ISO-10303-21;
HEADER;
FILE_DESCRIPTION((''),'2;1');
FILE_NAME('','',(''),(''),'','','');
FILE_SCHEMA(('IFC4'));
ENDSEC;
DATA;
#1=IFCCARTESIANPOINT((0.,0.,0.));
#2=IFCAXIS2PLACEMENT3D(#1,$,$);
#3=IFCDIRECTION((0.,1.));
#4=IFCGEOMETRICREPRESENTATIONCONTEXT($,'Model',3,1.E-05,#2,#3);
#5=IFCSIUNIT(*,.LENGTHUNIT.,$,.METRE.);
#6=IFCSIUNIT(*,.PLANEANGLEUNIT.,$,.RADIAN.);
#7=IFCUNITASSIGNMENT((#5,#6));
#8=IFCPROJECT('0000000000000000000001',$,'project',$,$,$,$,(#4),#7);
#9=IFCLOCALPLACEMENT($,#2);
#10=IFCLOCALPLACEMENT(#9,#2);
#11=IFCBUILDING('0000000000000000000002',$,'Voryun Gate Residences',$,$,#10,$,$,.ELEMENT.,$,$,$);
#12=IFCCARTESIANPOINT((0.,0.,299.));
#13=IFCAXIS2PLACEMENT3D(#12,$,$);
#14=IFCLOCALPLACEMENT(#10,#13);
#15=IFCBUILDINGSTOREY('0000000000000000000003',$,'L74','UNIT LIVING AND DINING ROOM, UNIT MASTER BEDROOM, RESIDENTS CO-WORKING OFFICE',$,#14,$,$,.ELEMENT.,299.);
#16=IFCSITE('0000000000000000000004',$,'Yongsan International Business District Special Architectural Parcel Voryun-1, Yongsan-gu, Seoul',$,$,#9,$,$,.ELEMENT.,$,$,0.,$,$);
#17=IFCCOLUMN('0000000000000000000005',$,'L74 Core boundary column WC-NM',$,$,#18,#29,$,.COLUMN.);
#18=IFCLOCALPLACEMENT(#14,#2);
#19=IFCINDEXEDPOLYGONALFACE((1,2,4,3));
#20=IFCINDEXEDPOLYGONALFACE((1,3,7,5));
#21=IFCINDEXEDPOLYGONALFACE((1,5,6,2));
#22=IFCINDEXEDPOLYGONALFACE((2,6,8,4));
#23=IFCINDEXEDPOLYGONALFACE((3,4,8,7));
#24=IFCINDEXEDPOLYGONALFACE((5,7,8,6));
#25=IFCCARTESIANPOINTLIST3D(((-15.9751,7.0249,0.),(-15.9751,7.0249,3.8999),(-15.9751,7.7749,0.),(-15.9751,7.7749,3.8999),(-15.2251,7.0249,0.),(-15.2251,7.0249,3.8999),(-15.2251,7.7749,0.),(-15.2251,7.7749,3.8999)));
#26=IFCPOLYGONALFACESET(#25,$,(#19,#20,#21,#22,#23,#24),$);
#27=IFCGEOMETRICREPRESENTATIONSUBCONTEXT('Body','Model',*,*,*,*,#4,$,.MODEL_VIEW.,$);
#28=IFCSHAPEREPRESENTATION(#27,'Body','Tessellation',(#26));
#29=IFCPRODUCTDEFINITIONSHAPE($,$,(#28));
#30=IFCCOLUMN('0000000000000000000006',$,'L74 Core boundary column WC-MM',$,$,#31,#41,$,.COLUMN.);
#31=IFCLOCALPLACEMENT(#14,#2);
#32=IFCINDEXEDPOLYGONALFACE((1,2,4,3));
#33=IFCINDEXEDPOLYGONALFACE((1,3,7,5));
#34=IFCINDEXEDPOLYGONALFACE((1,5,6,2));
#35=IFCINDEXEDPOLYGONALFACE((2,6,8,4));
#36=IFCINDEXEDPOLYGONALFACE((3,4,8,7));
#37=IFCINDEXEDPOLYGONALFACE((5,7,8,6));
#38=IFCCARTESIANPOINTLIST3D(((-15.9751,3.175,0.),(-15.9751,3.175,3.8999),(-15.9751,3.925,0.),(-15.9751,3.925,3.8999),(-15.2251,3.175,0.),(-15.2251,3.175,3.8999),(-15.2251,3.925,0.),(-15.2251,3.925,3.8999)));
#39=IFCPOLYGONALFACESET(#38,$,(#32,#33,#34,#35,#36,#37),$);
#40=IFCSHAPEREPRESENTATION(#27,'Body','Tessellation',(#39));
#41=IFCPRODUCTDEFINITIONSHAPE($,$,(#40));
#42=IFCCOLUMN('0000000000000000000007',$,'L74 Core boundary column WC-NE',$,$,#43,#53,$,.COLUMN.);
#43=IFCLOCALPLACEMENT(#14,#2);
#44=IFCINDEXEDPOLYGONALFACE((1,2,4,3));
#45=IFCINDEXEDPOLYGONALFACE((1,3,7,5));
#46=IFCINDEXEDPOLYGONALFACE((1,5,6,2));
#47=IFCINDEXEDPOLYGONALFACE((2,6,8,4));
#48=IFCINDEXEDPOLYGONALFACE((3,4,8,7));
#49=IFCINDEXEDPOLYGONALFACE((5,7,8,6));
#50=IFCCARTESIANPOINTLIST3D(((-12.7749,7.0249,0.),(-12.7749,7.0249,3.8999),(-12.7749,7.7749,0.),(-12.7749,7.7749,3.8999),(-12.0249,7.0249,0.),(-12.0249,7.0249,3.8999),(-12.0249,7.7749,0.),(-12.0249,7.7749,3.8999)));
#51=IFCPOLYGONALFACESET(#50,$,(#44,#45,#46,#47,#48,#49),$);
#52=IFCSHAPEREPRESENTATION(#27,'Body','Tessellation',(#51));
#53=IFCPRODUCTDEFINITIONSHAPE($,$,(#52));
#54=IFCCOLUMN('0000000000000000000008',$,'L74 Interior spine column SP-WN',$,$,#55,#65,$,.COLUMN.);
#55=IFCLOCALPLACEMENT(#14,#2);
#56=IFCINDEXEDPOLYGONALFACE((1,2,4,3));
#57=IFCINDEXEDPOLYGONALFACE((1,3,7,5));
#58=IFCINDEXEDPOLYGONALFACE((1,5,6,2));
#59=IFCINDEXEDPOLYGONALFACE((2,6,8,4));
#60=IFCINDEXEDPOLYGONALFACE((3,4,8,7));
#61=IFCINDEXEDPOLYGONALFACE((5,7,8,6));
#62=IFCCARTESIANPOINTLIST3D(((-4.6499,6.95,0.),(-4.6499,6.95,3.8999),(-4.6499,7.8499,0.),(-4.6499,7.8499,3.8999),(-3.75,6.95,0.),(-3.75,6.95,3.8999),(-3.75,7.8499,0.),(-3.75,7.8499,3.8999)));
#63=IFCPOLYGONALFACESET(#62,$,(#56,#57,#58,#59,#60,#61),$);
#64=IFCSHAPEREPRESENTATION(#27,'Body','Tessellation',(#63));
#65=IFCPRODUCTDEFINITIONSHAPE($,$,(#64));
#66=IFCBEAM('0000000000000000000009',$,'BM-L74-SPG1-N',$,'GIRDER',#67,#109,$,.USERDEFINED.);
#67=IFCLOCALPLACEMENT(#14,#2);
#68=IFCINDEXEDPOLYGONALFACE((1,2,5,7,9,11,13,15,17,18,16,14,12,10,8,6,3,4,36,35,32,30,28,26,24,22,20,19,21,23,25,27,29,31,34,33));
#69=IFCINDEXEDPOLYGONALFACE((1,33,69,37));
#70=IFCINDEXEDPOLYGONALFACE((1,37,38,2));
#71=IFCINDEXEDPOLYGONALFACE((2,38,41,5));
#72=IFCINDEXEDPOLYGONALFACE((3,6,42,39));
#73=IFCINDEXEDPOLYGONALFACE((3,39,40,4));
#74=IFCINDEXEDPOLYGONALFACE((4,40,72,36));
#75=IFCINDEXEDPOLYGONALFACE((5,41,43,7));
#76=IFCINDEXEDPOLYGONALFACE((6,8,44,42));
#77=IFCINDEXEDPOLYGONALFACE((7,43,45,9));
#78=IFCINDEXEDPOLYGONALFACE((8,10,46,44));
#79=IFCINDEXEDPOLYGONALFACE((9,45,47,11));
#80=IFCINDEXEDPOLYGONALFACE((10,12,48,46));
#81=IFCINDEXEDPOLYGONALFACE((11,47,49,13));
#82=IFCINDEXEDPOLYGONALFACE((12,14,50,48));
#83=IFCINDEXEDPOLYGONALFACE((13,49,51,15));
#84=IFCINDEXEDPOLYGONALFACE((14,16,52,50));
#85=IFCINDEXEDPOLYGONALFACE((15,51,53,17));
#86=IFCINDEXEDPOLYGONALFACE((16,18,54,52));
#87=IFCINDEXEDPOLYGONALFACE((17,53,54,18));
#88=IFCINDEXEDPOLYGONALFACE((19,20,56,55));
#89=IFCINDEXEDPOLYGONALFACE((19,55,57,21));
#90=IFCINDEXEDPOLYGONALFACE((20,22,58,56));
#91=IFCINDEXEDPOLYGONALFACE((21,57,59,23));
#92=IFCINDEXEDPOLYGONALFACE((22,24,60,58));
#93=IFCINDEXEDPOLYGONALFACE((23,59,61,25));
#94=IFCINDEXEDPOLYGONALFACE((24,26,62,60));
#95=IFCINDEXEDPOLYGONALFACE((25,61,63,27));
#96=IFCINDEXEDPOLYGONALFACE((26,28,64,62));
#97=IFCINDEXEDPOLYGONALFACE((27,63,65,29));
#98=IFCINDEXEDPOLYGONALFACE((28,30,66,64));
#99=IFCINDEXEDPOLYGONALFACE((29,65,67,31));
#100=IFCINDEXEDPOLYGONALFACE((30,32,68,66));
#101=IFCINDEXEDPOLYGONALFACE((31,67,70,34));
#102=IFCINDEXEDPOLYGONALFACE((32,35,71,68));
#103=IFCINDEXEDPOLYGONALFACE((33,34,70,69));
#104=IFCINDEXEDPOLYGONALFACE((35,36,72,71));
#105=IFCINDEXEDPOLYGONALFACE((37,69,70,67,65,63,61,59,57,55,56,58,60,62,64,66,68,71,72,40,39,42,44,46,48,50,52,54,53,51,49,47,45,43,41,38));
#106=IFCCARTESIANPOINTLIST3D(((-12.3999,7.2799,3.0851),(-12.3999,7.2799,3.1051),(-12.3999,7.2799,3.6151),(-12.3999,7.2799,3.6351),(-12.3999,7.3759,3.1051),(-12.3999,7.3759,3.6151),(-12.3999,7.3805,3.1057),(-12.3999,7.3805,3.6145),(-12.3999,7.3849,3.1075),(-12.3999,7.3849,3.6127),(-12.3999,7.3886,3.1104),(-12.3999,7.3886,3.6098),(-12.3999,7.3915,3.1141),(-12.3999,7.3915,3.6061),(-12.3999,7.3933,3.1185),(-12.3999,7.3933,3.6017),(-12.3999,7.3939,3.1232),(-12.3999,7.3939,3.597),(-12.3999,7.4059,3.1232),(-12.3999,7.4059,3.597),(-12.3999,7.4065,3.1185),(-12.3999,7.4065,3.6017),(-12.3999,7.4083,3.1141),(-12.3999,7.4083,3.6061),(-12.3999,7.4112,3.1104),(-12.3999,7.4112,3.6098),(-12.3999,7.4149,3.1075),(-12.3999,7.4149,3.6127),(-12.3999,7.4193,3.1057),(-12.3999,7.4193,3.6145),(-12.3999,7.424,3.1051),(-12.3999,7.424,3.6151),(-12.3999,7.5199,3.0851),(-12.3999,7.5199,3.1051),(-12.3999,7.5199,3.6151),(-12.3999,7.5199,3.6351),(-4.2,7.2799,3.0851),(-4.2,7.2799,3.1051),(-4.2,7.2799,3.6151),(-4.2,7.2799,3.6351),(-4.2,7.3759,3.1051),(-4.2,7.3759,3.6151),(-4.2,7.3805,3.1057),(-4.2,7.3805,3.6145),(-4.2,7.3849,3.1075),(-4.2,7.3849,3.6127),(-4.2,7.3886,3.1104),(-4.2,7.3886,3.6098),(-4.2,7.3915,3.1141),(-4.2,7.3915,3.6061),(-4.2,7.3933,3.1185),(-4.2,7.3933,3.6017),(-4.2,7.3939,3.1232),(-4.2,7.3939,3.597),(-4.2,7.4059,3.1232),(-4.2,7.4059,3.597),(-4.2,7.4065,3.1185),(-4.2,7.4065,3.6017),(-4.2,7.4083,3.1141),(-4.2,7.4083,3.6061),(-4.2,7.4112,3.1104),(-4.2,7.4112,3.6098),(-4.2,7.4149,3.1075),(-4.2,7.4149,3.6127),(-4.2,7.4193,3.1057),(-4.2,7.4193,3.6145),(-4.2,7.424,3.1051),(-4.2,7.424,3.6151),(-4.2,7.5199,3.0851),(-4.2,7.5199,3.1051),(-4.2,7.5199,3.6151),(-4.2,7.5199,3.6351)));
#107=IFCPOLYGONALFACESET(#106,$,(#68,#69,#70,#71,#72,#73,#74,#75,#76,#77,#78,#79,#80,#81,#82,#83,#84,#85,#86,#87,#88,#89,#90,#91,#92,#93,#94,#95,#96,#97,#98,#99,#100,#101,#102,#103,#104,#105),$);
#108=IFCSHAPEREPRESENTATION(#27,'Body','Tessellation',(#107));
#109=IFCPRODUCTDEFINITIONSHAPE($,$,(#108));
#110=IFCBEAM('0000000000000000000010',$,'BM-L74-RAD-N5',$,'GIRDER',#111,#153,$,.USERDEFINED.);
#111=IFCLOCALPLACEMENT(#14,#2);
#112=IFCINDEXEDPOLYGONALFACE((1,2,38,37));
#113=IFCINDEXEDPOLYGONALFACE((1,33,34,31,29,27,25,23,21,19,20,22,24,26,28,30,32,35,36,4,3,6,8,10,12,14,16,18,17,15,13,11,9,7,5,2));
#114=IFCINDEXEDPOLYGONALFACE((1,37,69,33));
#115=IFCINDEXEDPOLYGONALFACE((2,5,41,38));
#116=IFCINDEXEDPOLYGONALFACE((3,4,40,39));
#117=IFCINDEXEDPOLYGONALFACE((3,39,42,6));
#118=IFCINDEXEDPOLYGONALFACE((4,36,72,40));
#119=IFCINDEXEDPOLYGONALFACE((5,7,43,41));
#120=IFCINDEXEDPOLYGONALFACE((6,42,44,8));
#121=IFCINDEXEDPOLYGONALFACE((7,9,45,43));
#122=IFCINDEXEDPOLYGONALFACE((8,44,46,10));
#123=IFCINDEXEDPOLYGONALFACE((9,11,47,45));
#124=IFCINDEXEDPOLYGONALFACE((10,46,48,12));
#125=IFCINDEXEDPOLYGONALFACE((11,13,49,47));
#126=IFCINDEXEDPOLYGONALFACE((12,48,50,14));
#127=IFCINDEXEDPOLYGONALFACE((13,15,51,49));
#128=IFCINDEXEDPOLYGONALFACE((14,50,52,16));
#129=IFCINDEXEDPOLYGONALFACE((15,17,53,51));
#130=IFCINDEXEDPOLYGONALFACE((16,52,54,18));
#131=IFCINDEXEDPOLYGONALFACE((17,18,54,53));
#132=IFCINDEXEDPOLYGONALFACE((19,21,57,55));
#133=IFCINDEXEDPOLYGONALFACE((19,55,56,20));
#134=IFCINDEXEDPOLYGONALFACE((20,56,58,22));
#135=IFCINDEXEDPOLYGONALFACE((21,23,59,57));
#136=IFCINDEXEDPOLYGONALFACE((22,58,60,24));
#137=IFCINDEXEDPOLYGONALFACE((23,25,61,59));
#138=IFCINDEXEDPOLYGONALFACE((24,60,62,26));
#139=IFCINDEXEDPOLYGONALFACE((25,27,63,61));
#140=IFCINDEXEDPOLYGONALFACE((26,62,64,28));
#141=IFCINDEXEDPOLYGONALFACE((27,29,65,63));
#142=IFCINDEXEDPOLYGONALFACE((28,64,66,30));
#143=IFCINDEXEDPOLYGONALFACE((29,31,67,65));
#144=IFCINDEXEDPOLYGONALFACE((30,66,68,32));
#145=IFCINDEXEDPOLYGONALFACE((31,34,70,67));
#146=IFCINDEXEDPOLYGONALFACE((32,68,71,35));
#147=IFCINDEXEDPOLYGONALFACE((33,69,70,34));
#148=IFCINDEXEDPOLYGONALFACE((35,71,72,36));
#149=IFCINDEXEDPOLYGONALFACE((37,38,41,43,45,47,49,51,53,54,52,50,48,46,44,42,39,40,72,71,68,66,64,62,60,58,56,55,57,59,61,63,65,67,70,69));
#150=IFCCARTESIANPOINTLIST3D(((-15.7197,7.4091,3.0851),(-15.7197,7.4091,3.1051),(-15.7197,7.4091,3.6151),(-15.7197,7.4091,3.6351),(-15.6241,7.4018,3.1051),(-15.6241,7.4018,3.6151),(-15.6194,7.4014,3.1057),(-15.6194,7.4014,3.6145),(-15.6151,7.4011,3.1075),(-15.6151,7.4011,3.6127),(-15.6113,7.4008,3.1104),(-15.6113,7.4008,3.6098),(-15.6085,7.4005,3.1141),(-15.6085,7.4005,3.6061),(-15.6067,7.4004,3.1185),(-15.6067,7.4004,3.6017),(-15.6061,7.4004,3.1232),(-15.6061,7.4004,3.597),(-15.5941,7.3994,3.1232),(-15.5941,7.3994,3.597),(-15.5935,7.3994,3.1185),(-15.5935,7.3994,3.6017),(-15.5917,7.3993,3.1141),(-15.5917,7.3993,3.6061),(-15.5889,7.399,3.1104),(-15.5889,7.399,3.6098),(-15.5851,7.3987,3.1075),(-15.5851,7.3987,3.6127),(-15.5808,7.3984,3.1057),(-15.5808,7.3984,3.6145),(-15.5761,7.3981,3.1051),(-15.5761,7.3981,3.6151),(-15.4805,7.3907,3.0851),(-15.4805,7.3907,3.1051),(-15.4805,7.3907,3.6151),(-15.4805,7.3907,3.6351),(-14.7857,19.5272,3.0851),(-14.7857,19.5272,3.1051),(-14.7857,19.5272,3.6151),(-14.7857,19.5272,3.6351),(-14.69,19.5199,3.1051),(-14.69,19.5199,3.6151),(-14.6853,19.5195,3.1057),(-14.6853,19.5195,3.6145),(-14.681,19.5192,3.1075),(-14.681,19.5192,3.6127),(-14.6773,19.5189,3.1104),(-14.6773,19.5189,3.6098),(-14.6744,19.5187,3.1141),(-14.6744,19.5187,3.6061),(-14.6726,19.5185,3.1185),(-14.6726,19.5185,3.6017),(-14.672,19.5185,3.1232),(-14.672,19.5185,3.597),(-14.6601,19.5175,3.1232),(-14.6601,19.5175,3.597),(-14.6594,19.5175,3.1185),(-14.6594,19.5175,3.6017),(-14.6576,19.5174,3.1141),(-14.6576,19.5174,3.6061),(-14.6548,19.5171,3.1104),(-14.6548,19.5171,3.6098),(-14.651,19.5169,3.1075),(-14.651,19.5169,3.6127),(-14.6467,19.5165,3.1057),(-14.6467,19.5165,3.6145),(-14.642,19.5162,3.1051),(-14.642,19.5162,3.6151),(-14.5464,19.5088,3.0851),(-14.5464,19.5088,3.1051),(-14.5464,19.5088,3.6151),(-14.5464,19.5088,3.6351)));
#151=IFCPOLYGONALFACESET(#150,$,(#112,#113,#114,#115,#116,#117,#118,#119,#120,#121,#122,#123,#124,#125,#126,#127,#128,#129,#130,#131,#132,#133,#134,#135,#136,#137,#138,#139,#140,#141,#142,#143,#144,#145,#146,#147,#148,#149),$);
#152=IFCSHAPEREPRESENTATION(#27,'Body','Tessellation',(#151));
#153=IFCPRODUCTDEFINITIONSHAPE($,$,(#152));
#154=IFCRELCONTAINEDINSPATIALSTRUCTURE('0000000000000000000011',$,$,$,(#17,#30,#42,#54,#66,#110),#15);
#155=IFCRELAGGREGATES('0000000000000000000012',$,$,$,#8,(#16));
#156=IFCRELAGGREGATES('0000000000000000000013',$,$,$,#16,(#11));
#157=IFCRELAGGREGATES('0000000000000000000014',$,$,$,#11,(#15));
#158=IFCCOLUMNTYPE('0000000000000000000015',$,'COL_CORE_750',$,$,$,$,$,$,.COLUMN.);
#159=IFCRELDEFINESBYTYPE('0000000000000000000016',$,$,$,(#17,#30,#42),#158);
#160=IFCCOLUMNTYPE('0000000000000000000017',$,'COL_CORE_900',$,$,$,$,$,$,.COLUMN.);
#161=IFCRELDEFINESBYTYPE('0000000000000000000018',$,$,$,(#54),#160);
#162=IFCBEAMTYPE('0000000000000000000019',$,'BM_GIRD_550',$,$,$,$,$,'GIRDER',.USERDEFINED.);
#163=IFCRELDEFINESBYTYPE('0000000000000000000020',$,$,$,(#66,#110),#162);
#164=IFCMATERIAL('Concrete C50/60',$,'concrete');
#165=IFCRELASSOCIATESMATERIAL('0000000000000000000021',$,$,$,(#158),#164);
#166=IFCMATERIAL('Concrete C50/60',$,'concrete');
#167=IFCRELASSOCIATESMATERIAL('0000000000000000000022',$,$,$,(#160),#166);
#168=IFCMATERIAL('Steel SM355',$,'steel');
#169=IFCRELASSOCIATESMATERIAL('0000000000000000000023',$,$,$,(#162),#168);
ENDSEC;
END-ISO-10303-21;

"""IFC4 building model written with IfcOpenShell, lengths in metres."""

from ifc_helpers import new_model, si_unit, direction, frame, origin, origin_2d, place, context, subcontext, project, spatial, rectangle, i_section, extrude, material, material_profile, profile_set, type_object, element, save


model = new_model("IFC4")

# Units and contexts
model_context = context("Model", 3, precision=1e-05, world=origin(), true_north=direction((0.0, 1.0)))
body_context = subcontext(model_context, "Body", "Model", "MODEL_VIEW")
ifc_project = project(units=[si_unit("LENGTHUNIT", "METRE"), si_unit("PLANEANGLEUNIT", "RADIAN")], contexts=[model_context])

# Site, building, storey
site_placement = place(None, origin())
site = spatial("IfcSite", under=ifc_project, at=site_placement, Name="Yongsan International Business District Special Architectural Parcel Voryun-1, Yongsan-gu, Seoul", CompositionType="ELEMENT", RefElevation=0.0)
building_placement = place(site_placement, origin())
building = spatial("IfcBuilding", under=site, at=building_placement, Name="Voryun Gate Residences", CompositionType="ELEMENT")
storey_placement = place(building_placement, frame((0.0, 0.0, 299.0)))
storey = spatial("IfcBuildingStorey", under=building, at=storey_placement, Name="L74", Description="UNIT LIVING AND DINING ROOM, UNIT MASTER BEDROOM, RESIDENTS CO-WORKING OFFICE", CompositionType="ELEMENT", Elevation=299.0)

# Columns
ifc_material_1 = material(Name="Concrete C50/60", Category="concrete")
ifc_material_profile_1 = material_profile(ifc_material_1, rectangle(XDim=0.75, YDim=0.75, at=origin_2d()), Name="RC-750x750")
ifc_profile_set_1 = profile_set([ifc_material_profile_1], Name="Concrete C50/60")
column_type_1 = type_object("IfcColumnType", Name="COL_CORE_750", PredefinedType="COLUMN", material=ifc_profile_set_1)
for number, where, z_axis, x_axis, name in (
    (1, (-15.6001, 7.3999, 0.0), (0.0, 0.0, 1.0), (1.0, 0.0, 0.0), "L74 Core boundary column WC-NM"),
    (2, (-15.6001, 3.55, 0.0), (0.0, 0.0, 1.0), (1.0, 0.0, 0.0), "L74 Core boundary column WC-MM"),
    (3, (-12.3999, 7.3999, 0.0), (0.0, 0.0, 1.0), (1.0, 0.0, 0.0), "L74 Core boundary column WC-NE"),
):
    element("IfcColumn", number, at=place(storey_placement, frame(where, z_axis=z_axis, x_axis=x_axis)), inside=storey, type_object=column_type_1, Name=name, PredefinedType="COLUMN", context=body_context, shape_type="SweptSolid", body=[
        extrude(rectangle(XDim=0.75, YDim=0.75, at=origin_2d()), origin(), (0.0, 0.0, 1.0), 3.8999),
    ])
ifc_material_2 = material(Name="Concrete C50/60", Category="concrete")
ifc_material_profile_2 = material_profile(ifc_material_2, rectangle(XDim=0.8999, YDim=0.8999, at=origin_2d()), Name="RC-900x900")
ifc_profile_set_2 = profile_set([ifc_material_profile_2], Name="Concrete C50/60")
column_type_2 = type_object("IfcColumnType", Name="COL_CORE_900", PredefinedType="COLUMN", material=ifc_profile_set_2)
column_placement = place(storey_placement, frame((-4.2, 7.3999, 0.0), z_axis=(0.0, 0.0, 1.0), x_axis=(1.0, 0.0, 0.0)))
element("IfcColumn", 4, at=column_placement, inside=storey, type_object=column_type_2, Name="L74 Interior spine column SP-WN", PredefinedType="COLUMN", context=body_context, shape_type="SweptSolid", body=[
    extrude(rectangle(XDim=0.8999, YDim=0.8999, at=origin_2d()), origin(), (0.0, 0.0, 1.0), 3.8999),
])

# Beams
ifc_material_3 = material(Name="Steel SM355", Category="steel")
ifc_material_profile_3 = material_profile(ifc_material_3, i_section(OverallWidth=0.24, OverallDepth=0.55, WebThickness=0.012, FlangeThickness=0.02, FilletRadius=0.0181, at=origin_2d()), Name="H-550x240x12x20")
ifc_profile_set_3 = profile_set([ifc_material_profile_3], Name="Steel SM355")
beam_type_1 = type_object("IfcBeamType", Name="BM_GIRD_550", ElementType="GIRDER", PredefinedType="USERDEFINED", material=ifc_profile_set_3)
beam_1_placement = place(storey_placement, frame((-12.3999, 7.3999, 3.3601), z_axis=(1.0, 0.0, 0.0), x_axis=(0.0, 1.0, 0.0)))
element("IfcBeam", 5, at=beam_1_placement, inside=storey, type_object=beam_type_1, Name="BM-L74-SPG1-N", ObjectType="GIRDER", PredefinedType="USERDEFINED", context=body_context, shape_type="SweptSolid", body=[
    extrude(i_section(OverallWidth=0.24, OverallDepth=0.55, WebThickness=0.012, FlangeThickness=0.02, FilletRadius=0.0181, at=origin_2d()), origin(), (0.0, 0.0, 1.0), 8.2),
])
beam_2_placement = place(storey_placement, frame((-15.6001, 7.3999, 3.3601), z_axis=(0.076853, 0.997042, 0.0), x_axis=(-0.997042, 0.076853, 0.0)))
element("IfcBeam", 6, at=beam_2_placement, inside=storey, type_object=beam_type_1, Name="BM-L74-RAD-N5", ObjectType="GIRDER", PredefinedType="USERDEFINED", context=body_context, shape_type="SweptSolid", body=[
    extrude(i_section(OverallWidth=0.24, OverallDepth=0.55, WebThickness=0.012, FlangeThickness=0.02, FilletRadius=0.0181, at=origin_2d()), origin(), (0.0, 0.0, 1.0), 12.1541),
])

save(model, "model.ifc")
